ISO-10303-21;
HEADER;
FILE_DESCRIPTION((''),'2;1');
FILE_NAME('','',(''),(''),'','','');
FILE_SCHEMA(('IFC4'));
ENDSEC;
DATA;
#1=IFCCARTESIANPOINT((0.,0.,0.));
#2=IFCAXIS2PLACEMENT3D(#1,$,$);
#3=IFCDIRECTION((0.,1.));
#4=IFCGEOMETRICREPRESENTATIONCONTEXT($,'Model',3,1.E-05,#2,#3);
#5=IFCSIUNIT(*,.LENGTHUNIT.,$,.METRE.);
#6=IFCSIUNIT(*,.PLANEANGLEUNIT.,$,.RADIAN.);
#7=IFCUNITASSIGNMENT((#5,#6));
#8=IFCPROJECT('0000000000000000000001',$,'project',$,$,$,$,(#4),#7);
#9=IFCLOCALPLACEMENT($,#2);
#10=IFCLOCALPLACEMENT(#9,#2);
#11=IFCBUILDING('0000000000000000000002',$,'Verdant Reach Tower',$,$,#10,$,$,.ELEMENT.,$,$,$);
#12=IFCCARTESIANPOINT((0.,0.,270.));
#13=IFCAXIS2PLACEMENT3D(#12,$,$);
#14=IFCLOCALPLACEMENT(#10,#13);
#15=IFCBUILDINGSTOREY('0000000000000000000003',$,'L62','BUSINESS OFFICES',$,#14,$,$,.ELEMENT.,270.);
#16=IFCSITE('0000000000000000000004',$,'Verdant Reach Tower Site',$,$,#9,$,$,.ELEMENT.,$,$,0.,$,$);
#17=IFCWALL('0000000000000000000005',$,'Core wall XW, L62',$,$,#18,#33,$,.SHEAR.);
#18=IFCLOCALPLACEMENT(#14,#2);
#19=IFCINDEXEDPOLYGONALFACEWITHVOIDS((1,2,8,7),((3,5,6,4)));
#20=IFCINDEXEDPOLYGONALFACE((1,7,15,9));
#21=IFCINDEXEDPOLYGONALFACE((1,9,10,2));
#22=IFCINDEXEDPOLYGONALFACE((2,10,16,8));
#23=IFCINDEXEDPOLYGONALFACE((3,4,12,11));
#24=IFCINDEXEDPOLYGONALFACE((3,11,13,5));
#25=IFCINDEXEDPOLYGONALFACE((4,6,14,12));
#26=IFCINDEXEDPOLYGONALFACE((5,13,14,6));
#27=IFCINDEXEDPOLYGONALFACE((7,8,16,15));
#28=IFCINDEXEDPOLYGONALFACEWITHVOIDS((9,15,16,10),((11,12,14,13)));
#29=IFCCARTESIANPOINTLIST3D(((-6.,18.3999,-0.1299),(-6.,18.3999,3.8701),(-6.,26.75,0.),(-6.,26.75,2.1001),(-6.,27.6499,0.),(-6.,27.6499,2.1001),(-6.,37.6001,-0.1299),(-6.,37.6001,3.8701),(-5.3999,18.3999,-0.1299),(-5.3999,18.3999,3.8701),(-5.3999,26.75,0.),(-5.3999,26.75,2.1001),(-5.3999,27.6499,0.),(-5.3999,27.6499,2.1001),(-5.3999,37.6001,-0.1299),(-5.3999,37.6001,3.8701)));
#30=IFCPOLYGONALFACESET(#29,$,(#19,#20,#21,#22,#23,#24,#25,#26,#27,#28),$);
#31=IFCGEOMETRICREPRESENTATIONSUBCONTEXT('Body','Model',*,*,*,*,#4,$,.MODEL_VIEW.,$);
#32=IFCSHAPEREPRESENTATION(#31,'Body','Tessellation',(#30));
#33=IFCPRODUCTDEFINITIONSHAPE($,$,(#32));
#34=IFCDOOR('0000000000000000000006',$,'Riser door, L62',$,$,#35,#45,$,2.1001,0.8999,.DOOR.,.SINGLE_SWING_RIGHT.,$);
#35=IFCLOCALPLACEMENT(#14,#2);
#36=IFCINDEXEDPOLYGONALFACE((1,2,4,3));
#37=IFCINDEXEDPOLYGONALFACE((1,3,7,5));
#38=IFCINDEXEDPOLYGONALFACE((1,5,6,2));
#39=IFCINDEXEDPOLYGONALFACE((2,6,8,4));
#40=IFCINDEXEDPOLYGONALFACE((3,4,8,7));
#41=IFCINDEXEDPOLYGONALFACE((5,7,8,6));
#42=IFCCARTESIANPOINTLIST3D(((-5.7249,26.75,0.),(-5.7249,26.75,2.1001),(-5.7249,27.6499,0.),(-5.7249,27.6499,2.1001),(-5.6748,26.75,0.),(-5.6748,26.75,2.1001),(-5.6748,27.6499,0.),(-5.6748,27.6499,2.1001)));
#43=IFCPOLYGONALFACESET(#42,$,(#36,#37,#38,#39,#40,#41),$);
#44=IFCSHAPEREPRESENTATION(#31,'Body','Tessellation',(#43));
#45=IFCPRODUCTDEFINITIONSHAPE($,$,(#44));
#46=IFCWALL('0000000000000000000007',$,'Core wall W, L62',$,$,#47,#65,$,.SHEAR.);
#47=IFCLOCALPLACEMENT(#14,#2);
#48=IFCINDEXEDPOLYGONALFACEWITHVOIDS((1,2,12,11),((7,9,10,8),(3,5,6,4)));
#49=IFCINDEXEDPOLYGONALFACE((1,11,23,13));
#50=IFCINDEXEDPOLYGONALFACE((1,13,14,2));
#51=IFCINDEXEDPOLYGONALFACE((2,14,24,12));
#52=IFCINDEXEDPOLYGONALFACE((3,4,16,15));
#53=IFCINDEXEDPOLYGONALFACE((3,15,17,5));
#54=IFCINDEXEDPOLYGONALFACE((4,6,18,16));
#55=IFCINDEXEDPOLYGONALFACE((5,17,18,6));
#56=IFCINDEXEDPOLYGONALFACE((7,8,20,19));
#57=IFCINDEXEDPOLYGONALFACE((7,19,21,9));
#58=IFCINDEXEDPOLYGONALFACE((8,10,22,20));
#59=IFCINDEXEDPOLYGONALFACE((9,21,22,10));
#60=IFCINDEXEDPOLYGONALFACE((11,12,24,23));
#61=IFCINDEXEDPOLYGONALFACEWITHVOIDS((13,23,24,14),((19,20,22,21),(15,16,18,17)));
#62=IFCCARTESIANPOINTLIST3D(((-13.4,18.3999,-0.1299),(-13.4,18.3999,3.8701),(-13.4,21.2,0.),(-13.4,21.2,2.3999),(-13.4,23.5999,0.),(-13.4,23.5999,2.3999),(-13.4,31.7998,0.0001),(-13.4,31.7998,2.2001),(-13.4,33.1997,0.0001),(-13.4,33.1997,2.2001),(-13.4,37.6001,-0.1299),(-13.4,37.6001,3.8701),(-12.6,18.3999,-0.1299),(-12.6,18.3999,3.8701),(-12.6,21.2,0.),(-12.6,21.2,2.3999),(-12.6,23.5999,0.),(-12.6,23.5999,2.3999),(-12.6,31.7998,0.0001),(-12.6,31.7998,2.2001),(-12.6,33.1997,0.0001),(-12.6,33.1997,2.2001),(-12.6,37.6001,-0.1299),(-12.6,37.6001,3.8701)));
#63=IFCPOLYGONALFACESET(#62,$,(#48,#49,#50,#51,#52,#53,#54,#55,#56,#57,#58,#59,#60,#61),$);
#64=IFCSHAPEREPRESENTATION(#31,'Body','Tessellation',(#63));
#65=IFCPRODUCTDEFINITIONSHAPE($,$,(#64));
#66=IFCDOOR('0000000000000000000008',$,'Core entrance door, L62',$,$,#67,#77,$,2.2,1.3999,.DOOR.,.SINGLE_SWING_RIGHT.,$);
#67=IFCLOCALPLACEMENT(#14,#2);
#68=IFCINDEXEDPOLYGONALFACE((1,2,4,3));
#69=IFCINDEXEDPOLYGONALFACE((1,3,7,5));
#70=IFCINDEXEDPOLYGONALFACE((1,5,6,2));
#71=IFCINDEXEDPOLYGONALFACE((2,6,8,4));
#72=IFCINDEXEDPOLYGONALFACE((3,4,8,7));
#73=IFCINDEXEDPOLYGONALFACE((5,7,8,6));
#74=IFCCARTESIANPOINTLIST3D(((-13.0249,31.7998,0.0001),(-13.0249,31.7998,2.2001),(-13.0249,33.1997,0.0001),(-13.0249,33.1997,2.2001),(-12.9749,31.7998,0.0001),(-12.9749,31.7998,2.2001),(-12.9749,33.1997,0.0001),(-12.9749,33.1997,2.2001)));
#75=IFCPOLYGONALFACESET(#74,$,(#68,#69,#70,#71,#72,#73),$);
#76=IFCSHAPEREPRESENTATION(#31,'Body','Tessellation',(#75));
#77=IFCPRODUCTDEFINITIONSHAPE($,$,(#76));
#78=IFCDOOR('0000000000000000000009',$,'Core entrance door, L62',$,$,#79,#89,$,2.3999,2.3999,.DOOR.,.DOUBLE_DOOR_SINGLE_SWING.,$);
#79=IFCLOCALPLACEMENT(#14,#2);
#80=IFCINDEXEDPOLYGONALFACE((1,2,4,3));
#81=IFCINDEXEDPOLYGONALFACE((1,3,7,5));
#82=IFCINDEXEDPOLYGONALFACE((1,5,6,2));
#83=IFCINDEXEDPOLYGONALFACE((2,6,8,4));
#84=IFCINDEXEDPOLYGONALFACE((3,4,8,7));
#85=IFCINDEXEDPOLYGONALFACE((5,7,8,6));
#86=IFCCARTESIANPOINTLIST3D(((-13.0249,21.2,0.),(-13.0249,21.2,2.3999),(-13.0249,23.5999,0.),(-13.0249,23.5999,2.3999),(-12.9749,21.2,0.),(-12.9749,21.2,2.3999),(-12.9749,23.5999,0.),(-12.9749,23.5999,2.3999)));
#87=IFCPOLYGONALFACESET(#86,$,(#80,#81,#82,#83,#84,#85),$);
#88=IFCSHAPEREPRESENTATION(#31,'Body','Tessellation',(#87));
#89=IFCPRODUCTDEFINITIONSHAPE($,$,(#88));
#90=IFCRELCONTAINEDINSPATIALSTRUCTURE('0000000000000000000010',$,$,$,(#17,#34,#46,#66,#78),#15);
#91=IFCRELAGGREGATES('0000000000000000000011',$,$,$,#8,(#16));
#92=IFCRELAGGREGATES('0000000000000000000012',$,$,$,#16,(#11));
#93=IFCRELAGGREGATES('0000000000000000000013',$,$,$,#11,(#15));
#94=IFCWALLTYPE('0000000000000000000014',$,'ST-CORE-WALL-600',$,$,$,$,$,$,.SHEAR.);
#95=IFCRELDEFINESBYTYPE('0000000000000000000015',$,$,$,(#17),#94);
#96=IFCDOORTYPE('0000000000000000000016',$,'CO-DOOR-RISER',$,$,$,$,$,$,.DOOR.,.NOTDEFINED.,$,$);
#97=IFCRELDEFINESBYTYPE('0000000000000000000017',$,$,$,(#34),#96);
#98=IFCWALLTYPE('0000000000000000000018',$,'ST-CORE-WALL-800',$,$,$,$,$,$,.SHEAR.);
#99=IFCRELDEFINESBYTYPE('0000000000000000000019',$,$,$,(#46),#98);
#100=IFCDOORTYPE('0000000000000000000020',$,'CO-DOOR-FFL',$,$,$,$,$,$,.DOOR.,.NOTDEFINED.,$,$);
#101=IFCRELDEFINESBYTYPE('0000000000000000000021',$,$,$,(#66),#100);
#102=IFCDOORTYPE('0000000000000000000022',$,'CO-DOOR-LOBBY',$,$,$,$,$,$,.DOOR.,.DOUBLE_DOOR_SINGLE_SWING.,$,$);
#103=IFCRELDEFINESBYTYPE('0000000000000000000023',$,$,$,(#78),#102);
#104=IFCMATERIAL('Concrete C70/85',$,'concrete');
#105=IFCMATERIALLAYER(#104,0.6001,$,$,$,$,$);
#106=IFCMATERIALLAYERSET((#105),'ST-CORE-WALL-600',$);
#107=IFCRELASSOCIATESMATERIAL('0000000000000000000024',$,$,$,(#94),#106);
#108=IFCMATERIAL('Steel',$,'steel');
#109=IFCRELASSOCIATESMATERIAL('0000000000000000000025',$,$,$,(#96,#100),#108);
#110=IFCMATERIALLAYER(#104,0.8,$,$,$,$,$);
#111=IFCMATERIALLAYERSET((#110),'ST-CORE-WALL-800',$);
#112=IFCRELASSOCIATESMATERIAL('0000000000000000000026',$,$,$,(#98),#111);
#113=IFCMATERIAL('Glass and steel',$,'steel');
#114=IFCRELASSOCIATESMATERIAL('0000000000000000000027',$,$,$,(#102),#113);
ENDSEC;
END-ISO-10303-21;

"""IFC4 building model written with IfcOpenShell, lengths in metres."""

from ifc_helpers import new_model, si_unit, direction, frame, frame_2d, origin, place, context, subcontext, project, spatial, rectangle, extrude, material, layer, layer_set, type_object, element, fill, save


model = new_model("IFC4")

# Units and contexts
model_context = context("Model", 3, precision=1e-05, world=origin(), true_north=direction((0.0, 1.0)))
body_context = subcontext(model_context, "Body", "Model", "MODEL_VIEW")
ifc_project = project(units=[si_unit("LENGTHUNIT", "METRE"), si_unit("PLANEANGLEUNIT", "RADIAN")], contexts=[model_context])

# Site, building, storey
site_placement = place(None, origin())
site = spatial("IfcSite", under=ifc_project, at=site_placement, Name="Verdant Reach Tower Site", CompositionType="ELEMENT", RefElevation=0.0)
building_placement = place(site_placement, origin())
building = spatial("IfcBuilding", under=site, at=building_placement, Name="Verdant Reach Tower", CompositionType="ELEMENT")
storey_placement = place(building_placement, frame((0.0, 0.0, 270.0)))
storey = spatial("IfcBuildingStorey", under=building, at=storey_placement, Name="L62", Description="BUSINESS OFFICES", CompositionType="ELEMENT", Elevation=270.0)

# Wall, opening, door
ifc_material_1 = material(Name="Concrete C70/85", Category="concrete")
ifc_layer_1 = layer(ifc_material_1, 0.6001)
ifc_layer_set_1 = layer_set([ifc_layer_1], Name="ST-CORE-WALL-600")
wall_type_1 = type_object("IfcWallType", Name="ST-CORE-WALL-600", PredefinedType="SHEAR", material=ifc_layer_set_1)
wall_1_placement = place(storey_placement, frame((-5.7, 18.3999, -0.1299), z_axis=(0.0, 0.0, 1.0), x_axis=(0.0, 1.0, 0.0)))
wall_1 = element("IfcWall", 1, at=wall_1_placement, inside=storey, type_object=wall_type_1, Name="Core wall XW, L62", PredefinedType="SHEAR", context=body_context, shape_type="SweptSolid", body=[
    extrude(rectangle(XDim=19.2002, YDim=0.6001, at=frame_2d((9.6001, 0.0))), origin(), (0.0, 0.0, 1.0), 4.0),
])
opening_1_placement = place(wall_1_placement, frame((8.3501, 0.0, 0.1299)))
opening_1 = element("IfcOpeningElement", 2, at=opening_1_placement, cuts=wall_1, PredefinedType="OPENING", context=body_context, shape_type="SweptSolid", body=[
    extrude(rectangle(XDim=0.8999, YDim=2.1001, at=frame_2d((0.45, 1.05))), frame((0.0, 0.3101, 0.0), z_axis=(0.0, -1.0, 0.0), x_axis=(1.0, 0.0, 0.0)), (0.0, 0.0, 1.0), 0.6201),
])
ifc_material_2 = material(Name="Steel", Category="steel")
door_type_1 = type_object("IfcDoorType", Name="CO-DOOR-RISER", OperationType="NOTDEFINED", PredefinedType="DOOR", material=ifc_material_2)
door_1_placement = place(opening_1_placement, origin())
door_1 = element("IfcDoor", 3, at=door_1_placement, inside=storey, type_object=door_type_1, Name="Riser door, L62", OperationType="SINGLE_SWING_RIGHT", OverallHeight=2.1001, OverallWidth=0.8999, PredefinedType="DOOR", context=body_context, shape_type="SweptSolid", body=[
    extrude(rectangle(XDim=0.8999, YDim=2.1001, at=frame_2d((0.45, 1.05))), frame((0.0, 0.0249, 0.0), z_axis=(0.0, -1.0, 0.0), x_axis=(1.0, 0.0, 0.0)), (0.0, 0.0, 1.0), 0.05),
])
fill(opening_1, door_1)

# Wall, openings, doors
ifc_layer_2 = layer(ifc_material_1, 0.8)
ifc_layer_set_2 = layer_set([ifc_layer_2], Name="ST-CORE-WALL-800")
wall_type_2 = type_object("IfcWallType", Name="ST-CORE-WALL-800", PredefinedType="SHEAR", material=ifc_layer_set_2)
wall_2_placement = place(storey_placement, frame((-13.0, 18.3999, -0.1299), z_axis=(0.0, 0.0, 1.0), x_axis=(0.0, 1.0, 0.0)))
wall_2 = element("IfcWall", 4, at=wall_2_placement, inside=storey, type_object=wall_type_2, Name="Core wall W, L62", PredefinedType="SHEAR", context=body_context, shape_type="SweptSolid", body=[
    extrude(rectangle(XDim=19.2002, YDim=0.8, at=frame_2d((9.6001, 0.0))), origin(), (0.0, 0.0, 1.0), 4.0),
])
opening_2_placement = place(wall_2_placement, frame((2.8, 0.0, 0.1299)))
opening_2 = element("IfcOpeningElement", 5, at=opening_2_placement, cuts=wall_2, PredefinedType="OPENING", context=body_context, shape_type="SweptSolid", body=[
    extrude(rectangle(XDim=2.3999, YDim=2.3999, at=frame_2d((1.2, 1.2))), frame((0.0, 0.4099, 0.0), z_axis=(0.0, -1.0, 0.0), x_axis=(1.0, 0.0, 0.0)), (0.0, 0.0, 1.0), 0.8201),
])
opening_3_placement = place(wall_2_placement, frame((13.3999, 0.0, 0.1299)))
opening_3 = element("IfcOpeningElement", 6, at=opening_3_placement, cuts=wall_2, PredefinedType="OPENING", context=body_context, shape_type="SweptSolid", body=[
    extrude(rectangle(XDim=1.3999, YDim=2.2, at=frame_2d((0.7, 1.1001))), frame((0.0, 0.4099, 0.0), z_axis=(0.0, -1.0, 0.0), x_axis=(1.0, 0.0, 0.0)), (0.0, 0.0, 1.0), 0.8201),
])
door_type_2 = type_object("IfcDoorType", Name="CO-DOOR-FFL", OperationType="NOTDEFINED", PredefinedType="DOOR", material=ifc_material_2)
door_2_placement = place(opening_3_placement, origin())
door_2 = element("IfcDoor", 7, at=door_2_placement, inside=storey, type_object=door_type_2, Name="Core entrance door, L62", OperationType="SINGLE_SWING_RIGHT", OverallHeight=2.2, OverallWidth=1.3999, PredefinedType="DOOR", context=body_context, shape_type="SweptSolid", body=[
    extrude(rectangle(XDim=1.3999, YDim=2.2, at=frame_2d((0.7, 1.1001))), frame((0.0, 0.0249, 0.0), z_axis=(0.0, -1.0, 0.0), x_axis=(1.0, 0.0, 0.0)), (0.0, 0.0, 1.0), 0.05),
])
fill(opening_3, door_2)
ifc_material_3 = material(Name="Glass and steel", Category="steel")
door_type_3 = type_object("IfcDoorType", Name="CO-DOOR-LOBBY", OperationType="DOUBLE_DOOR_SINGLE_SWING", PredefinedType="DOOR", material=ifc_material_3)
door_3_placement = place(opening_2_placement, origin())
door_3 = element("IfcDoor", 8, at=door_3_placement, inside=storey, type_object=door_type_3, Name="Core entrance door, L62", OperationType="DOUBLE_DOOR_SINGLE_SWING", OverallHeight=2.3999, OverallWidth=2.3999, PredefinedType="DOOR", context=body_context, shape_type="SweptSolid", body=[
    extrude(rectangle(XDim=2.3999, YDim=2.3999, at=frame_2d((1.2, 1.2))), frame((0.0, 0.0249, 0.0), z_axis=(0.0, -1.0, 0.0), x_axis=(1.0, 0.0, 0.0)), (0.0, 0.0, 1.0), 0.05),
])
fill(opening_2, door_3)

save(model, "model.ifc")
